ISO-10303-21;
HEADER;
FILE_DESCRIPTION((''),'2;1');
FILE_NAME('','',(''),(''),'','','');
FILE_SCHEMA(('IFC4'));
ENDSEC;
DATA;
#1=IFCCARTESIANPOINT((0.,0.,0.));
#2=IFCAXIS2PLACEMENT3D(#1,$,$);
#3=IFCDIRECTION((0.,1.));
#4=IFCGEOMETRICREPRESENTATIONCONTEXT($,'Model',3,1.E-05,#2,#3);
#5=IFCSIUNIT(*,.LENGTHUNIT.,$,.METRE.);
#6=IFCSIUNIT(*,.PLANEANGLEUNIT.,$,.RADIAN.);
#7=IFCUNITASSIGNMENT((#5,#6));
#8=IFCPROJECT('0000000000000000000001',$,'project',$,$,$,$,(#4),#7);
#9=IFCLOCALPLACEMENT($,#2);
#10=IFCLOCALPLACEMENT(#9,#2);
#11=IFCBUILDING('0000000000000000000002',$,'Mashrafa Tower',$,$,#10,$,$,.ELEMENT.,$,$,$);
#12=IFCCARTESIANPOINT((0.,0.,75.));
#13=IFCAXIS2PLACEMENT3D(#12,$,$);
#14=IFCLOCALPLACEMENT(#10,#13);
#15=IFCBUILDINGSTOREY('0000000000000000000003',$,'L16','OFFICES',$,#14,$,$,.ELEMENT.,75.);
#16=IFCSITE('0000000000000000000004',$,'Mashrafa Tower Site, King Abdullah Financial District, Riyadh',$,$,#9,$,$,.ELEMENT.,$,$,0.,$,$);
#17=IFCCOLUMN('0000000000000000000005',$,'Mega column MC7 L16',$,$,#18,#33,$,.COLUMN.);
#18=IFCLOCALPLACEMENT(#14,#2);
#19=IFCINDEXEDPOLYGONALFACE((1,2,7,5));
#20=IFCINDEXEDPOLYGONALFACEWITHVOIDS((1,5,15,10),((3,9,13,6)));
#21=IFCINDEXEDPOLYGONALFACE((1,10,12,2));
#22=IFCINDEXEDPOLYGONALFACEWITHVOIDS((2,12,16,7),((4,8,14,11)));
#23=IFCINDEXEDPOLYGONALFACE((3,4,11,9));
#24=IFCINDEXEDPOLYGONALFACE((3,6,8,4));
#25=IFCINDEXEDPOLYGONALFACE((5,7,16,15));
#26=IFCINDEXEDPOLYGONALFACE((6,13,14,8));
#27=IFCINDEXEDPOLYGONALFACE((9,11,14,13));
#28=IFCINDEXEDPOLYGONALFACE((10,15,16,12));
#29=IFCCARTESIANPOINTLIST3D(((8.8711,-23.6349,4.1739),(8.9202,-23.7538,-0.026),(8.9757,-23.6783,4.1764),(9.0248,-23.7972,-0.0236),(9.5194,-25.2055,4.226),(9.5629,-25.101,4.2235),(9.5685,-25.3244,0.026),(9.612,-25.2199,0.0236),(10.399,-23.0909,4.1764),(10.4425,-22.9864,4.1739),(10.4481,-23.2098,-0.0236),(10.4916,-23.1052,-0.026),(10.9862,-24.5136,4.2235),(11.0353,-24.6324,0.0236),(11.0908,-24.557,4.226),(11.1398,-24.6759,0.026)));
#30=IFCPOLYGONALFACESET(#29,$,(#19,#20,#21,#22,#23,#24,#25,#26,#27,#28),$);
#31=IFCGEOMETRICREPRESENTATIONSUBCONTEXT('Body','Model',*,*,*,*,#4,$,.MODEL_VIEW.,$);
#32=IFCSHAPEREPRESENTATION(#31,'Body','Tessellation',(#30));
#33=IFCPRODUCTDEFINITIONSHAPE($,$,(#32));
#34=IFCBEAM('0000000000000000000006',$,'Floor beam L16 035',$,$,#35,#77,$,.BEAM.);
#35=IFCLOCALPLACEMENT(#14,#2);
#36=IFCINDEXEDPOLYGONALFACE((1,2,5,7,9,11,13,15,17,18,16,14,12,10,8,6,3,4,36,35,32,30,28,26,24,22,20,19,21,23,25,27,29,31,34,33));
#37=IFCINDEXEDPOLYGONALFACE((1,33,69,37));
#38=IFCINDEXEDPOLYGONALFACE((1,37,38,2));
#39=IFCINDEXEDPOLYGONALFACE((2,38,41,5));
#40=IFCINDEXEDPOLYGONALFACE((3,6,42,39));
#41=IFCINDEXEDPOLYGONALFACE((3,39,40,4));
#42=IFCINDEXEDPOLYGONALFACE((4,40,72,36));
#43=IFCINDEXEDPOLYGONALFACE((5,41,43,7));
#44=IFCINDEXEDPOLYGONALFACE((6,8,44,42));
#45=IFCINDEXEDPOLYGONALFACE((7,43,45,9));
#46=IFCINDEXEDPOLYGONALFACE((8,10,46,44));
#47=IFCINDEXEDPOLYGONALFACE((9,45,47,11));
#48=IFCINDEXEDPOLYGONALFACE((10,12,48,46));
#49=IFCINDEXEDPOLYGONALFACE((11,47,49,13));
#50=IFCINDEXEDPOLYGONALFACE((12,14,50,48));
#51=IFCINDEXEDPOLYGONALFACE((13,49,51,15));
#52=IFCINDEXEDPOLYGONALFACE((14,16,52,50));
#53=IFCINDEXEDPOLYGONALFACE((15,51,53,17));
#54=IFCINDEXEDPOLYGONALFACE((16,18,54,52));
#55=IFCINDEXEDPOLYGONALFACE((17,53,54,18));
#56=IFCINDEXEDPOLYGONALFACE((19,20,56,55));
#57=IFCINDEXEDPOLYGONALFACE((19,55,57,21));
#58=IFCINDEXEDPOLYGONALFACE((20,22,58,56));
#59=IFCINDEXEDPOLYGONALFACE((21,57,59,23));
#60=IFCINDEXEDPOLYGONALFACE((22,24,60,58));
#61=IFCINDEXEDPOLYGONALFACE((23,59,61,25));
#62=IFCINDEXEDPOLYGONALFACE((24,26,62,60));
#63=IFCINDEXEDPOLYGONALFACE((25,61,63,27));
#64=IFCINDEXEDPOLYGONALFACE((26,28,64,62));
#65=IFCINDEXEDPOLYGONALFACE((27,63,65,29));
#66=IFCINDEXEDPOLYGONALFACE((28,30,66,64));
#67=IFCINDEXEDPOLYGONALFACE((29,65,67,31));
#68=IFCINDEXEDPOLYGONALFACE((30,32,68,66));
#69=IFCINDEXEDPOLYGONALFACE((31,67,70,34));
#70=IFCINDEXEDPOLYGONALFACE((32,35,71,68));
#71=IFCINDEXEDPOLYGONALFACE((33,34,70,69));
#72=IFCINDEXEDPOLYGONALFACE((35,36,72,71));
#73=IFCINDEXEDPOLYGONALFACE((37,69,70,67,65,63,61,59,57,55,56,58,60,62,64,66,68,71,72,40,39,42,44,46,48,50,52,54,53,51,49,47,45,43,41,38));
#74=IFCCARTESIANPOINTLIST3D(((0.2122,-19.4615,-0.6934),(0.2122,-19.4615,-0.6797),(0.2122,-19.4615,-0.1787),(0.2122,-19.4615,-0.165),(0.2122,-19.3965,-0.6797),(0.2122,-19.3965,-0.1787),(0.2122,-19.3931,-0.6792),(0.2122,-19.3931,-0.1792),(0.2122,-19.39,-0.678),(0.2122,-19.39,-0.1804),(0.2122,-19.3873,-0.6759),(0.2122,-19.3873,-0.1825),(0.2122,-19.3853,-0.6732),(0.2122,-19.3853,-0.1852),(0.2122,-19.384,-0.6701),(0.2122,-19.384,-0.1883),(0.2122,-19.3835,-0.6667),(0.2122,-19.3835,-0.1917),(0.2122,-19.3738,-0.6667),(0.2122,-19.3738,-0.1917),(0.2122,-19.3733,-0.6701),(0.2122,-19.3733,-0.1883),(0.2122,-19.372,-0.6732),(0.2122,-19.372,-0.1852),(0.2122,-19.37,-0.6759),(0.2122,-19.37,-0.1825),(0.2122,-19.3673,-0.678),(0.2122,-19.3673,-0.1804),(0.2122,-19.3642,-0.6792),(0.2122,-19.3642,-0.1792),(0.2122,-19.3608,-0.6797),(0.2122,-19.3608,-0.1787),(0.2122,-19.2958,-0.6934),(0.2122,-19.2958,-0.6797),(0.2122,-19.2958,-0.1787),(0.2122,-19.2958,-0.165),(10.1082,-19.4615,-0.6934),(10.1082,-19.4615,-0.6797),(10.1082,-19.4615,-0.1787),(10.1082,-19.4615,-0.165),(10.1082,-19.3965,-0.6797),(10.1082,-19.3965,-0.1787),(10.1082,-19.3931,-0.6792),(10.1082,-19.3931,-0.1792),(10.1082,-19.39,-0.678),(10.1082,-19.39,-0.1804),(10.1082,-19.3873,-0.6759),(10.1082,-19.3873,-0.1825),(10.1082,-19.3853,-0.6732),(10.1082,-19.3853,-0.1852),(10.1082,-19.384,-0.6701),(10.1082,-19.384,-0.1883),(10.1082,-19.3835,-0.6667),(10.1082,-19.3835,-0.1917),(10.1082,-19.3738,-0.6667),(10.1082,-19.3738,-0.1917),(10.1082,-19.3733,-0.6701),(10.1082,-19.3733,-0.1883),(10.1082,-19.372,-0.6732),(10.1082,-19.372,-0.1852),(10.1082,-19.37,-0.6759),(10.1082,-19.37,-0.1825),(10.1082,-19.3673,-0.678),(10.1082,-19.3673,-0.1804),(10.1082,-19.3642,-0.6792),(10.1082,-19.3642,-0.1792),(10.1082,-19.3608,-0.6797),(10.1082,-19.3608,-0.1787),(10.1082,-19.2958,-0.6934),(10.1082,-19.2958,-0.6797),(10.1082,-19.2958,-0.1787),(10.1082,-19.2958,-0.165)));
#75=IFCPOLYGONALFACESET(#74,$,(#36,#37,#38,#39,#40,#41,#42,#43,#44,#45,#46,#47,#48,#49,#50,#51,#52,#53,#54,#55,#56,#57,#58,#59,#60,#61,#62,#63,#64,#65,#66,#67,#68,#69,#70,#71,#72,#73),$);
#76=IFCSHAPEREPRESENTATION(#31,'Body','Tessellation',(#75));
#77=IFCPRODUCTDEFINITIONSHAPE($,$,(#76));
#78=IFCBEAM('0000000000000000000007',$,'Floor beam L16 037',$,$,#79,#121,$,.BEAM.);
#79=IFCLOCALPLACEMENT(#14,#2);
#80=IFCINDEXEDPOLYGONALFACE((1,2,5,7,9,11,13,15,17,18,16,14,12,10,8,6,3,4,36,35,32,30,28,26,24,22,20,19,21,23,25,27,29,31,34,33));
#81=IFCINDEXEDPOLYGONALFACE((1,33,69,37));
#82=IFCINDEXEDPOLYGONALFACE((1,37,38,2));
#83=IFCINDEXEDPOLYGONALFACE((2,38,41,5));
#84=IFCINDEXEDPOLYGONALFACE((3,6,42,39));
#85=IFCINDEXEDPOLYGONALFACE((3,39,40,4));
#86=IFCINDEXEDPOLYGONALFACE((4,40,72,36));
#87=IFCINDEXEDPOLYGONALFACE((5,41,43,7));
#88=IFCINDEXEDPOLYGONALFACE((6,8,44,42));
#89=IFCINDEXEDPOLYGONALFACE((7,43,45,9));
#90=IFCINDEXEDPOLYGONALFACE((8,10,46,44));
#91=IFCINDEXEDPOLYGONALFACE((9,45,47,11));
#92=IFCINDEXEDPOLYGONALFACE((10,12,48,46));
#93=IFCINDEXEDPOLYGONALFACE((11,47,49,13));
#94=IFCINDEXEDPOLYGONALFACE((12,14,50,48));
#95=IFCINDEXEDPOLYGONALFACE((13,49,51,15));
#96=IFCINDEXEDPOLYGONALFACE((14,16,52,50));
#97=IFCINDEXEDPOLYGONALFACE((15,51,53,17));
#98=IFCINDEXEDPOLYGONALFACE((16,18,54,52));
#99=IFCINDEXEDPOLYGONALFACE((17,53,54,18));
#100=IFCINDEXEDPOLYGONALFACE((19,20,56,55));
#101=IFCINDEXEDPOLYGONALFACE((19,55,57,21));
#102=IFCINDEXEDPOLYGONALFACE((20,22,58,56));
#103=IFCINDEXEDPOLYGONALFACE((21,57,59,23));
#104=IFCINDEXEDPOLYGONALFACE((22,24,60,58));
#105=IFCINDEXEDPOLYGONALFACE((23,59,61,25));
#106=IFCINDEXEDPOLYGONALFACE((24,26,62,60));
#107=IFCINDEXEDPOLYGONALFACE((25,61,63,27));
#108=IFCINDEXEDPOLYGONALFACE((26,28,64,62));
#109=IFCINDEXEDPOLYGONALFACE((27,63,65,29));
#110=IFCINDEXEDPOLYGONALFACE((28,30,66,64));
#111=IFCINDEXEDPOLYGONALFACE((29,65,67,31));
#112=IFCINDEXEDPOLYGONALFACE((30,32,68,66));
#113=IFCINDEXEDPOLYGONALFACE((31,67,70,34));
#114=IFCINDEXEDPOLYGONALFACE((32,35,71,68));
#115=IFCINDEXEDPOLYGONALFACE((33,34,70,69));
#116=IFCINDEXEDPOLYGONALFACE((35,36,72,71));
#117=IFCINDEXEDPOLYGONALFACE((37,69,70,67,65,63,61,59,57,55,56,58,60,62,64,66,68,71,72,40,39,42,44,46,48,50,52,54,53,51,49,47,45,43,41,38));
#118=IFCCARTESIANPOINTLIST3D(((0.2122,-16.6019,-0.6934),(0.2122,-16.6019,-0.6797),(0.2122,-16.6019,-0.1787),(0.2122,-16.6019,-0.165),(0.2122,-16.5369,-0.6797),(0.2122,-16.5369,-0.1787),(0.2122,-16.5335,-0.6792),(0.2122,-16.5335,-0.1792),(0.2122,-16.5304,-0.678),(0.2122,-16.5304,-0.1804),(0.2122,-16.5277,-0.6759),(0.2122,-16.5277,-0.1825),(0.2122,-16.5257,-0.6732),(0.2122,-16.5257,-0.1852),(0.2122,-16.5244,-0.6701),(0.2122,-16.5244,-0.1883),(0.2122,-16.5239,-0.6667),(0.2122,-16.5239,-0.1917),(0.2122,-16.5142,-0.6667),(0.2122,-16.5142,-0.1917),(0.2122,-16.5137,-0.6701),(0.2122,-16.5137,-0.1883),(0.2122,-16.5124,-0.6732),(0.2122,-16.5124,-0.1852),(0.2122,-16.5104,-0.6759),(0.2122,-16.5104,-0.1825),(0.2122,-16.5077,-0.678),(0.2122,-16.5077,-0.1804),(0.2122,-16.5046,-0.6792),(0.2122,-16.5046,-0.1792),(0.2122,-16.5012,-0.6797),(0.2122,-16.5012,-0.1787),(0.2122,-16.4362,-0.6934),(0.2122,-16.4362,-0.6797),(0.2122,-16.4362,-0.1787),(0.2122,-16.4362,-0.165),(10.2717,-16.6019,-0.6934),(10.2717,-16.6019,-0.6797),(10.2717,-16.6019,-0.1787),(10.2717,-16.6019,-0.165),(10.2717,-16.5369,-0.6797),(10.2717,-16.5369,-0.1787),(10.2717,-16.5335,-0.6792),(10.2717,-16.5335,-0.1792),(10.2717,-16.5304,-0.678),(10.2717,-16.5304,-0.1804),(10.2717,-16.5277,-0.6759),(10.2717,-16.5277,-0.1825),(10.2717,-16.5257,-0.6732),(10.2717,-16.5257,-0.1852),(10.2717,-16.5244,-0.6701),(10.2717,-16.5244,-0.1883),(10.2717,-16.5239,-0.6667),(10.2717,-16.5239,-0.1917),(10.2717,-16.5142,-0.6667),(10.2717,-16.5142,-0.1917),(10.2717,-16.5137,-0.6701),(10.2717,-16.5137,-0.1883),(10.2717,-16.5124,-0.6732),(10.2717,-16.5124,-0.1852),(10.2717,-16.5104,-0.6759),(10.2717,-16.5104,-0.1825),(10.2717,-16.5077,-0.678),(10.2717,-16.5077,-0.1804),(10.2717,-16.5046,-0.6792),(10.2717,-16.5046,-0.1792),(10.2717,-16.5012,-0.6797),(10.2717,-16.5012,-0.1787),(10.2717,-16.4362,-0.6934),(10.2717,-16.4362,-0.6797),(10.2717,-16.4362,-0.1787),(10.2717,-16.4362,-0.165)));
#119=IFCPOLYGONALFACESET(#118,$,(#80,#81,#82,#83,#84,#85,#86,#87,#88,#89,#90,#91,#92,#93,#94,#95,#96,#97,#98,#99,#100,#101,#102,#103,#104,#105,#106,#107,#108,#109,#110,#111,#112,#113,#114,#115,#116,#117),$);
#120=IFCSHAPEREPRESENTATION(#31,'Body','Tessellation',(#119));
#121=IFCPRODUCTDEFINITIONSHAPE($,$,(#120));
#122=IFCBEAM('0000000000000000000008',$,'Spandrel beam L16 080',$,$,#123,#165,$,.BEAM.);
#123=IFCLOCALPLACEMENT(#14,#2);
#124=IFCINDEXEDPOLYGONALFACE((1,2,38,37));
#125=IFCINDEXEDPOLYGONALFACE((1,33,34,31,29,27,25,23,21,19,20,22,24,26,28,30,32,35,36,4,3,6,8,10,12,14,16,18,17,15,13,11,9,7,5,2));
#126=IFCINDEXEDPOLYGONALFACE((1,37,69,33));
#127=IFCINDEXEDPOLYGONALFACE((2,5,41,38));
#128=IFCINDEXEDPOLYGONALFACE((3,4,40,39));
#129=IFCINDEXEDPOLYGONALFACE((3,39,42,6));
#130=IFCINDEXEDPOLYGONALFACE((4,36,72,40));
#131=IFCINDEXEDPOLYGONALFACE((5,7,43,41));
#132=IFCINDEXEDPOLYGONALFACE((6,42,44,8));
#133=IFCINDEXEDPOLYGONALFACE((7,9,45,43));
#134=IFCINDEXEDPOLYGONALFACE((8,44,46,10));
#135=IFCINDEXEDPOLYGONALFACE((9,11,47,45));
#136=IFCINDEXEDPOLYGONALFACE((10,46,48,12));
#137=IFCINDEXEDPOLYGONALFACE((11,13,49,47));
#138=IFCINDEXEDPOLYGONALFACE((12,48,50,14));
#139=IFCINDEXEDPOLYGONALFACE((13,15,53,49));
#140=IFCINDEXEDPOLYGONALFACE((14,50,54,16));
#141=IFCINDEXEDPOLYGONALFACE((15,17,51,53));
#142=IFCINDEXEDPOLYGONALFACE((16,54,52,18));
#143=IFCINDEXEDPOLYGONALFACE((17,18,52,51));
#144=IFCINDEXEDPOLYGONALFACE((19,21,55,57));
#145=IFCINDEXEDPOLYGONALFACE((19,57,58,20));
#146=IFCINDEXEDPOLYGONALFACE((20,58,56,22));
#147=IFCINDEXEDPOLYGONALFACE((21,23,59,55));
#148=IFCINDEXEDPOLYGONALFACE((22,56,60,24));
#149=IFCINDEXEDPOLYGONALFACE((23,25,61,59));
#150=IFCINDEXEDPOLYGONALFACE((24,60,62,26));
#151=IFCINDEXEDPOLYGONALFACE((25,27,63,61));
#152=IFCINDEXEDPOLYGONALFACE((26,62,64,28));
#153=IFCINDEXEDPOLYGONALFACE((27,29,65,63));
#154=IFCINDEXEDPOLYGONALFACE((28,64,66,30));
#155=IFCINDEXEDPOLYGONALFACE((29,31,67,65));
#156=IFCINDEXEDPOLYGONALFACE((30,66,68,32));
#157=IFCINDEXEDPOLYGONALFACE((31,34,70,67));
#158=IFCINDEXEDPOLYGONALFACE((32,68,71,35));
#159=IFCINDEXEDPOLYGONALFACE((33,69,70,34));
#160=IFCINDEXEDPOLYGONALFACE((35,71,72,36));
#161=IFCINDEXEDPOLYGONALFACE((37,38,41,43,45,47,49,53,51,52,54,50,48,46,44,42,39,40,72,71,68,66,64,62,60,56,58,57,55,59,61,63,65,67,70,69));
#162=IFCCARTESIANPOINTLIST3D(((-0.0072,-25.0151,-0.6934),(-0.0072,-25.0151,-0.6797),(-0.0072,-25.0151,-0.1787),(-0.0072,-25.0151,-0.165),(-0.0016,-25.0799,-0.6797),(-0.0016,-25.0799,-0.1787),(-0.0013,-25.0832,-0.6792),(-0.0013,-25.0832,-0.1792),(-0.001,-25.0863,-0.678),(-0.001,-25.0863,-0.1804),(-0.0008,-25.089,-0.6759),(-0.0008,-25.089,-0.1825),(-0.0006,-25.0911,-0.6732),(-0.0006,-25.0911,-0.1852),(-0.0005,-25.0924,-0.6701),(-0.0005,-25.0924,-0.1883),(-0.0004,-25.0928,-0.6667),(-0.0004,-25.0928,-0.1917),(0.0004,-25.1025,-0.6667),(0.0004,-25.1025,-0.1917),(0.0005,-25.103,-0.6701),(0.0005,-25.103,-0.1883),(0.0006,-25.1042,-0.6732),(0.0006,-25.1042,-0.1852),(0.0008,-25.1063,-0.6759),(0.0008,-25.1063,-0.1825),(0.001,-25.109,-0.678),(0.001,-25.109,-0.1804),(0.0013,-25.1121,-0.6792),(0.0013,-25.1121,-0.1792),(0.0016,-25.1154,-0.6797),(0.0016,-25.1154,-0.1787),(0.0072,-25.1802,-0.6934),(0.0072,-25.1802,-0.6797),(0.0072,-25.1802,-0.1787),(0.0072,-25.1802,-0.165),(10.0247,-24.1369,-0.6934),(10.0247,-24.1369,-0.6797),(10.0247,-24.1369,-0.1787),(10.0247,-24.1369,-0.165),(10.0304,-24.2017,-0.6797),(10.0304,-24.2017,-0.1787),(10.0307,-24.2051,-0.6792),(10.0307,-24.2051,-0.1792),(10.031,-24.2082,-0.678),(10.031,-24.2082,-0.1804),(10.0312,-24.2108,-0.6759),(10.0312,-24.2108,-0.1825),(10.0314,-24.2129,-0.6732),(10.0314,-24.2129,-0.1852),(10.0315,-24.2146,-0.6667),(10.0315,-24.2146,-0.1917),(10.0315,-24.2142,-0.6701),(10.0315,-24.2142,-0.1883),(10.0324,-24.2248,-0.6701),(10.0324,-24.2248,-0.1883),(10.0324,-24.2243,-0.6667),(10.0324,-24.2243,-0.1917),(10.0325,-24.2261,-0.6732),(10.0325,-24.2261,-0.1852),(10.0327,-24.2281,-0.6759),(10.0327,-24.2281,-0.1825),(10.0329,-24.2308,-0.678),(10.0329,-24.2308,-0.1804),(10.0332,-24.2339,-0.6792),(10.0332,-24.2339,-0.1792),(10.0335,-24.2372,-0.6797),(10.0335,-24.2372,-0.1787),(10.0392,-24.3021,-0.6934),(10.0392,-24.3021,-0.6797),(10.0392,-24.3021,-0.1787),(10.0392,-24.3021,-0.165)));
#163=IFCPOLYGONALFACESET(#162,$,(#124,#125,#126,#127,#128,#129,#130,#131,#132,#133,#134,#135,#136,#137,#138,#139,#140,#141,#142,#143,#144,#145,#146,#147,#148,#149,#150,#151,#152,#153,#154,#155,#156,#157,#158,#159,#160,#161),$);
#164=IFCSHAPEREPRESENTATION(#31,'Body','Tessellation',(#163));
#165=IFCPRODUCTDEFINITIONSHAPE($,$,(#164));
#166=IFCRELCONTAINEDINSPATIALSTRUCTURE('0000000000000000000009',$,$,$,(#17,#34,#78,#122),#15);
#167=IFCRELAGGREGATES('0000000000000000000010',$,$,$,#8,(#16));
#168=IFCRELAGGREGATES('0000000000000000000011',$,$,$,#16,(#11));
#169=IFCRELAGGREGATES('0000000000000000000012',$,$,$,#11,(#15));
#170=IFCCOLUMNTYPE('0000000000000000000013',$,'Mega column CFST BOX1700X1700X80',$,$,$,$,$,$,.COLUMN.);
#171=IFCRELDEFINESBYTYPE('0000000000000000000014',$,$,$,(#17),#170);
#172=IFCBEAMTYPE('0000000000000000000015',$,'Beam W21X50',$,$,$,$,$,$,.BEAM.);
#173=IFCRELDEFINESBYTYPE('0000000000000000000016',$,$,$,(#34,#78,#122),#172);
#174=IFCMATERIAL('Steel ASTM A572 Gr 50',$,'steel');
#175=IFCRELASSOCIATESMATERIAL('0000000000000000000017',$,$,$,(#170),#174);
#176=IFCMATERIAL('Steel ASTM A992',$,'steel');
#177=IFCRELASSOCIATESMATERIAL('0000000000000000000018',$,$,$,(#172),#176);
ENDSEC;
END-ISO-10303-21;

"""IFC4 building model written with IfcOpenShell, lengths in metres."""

from ifc_helpers import new_model, si_unit, direction, frame, origin, origin_2d, place, context, subcontext, project, spatial, hollow_rectangle, i_section, extrude, material, material_profile, profile_set, type_object, element, save


model = new_model("IFC4")

# Units and contexts
model_context = context("Model", 3, precision=1e-05, world=origin(), true_north=direction((0.0, 1.0)))
body_context = subcontext(model_context, "Body", "Model", "MODEL_VIEW")
ifc_project = project(units=[si_unit("LENGTHUNIT", "METRE"), si_unit("PLANEANGLEUNIT", "RADIAN")], contexts=[model_context])

# Site, building, storey
site_placement = place(None, origin())
site = spatial("IfcSite", under=ifc_project, at=site_placement, Name="Mashrafa Tower Site, King Abdullah Financial District, Riyadh", CompositionType="ELEMENT", RefElevation=0.0)
building_placement = place(site_placement, origin())
building = spatial("IfcBuilding", under=site, at=building_placement, Name="Mashrafa Tower", CompositionType="ELEMENT")
storey_placement = place(building_placement, frame((0.0, 0.0, 75.0)))
storey = spatial("IfcBuildingStorey", under=building, at=storey_placement, Name="L16", Description="OFFICES", CompositionType="ELEMENT", Elevation=75.0)

# Column
ifc_material_1 = material(Name="Steel ASTM A572 Gr 50", Category="steel")
ifc_material_profile_1 = material_profile(ifc_material_1, hollow_rectangle(XDim=1.7, YDim=1.7, WallThickness=0.0801, at=origin_2d()), Name="BOX1700X1700X80")
ifc_profile_set_1 = profile_set([ifc_material_profile_1], Name="Steel ASTM A572 Gr 50")
column_type = type_object("IfcColumnType", Name="Mega column CFST BOX1700X1700X80", PredefinedType="COLUMN", material=ifc_profile_set_1)
column_placement = place(storey_placement, frame((10.03, -24.2148, 0.0), z_axis=(-0.011679, 0.028296, 0.999531), x_axis=(-0.924363, -0.381513, 0.0)))
element("IfcColumn", 1, at=column_placement, inside=storey, type_object=column_type, Name="Mega column MC7 L16", PredefinedType="COLUMN", context=body_context, shape_type="SweptSolid", body=[
    extrude(hollow_rectangle(XDim=1.7, YDim=1.7, WallThickness=0.0801, at=origin_2d()), origin(), (0.0, 0.0, 1.0), 4.2019),
])

# Beams
ifc_material_2 = material(Name="Steel ASTM A992", Category="steel")
ifc_material_profile_2 = material_profile(ifc_material_2, i_section(OverallWidth=0.1658, OverallDepth=0.5283, WebThickness=0.0098, FlangeThickness=0.0137, FilletRadius=0.0129, at=origin_2d()), Name="W21X50")
ifc_profile_set_2 = profile_set([ifc_material_profile_2], Name="Steel ASTM A992")
beam_type_1 = type_object("IfcBeamType", Name="Beam W21X50", PredefinedType="BEAM", material=ifc_profile_set_2)
beam_1_placement = place(storey_placement, frame((10.1082, -19.3787, -0.4292), z_axis=(-1.0, 0.0, 0.0), x_axis=(0.0, -1.0, 0.0)))
element("IfcBeam", 2, at=beam_1_placement, inside=storey, type_object=beam_type_1, Name="Floor beam L16 035", PredefinedType="BEAM", context=body_context, shape_type="SweptSolid", body=[
    extrude(i_section(OverallWidth=0.1658, OverallDepth=0.5283, WebThickness=0.0098, FlangeThickness=0.0137, FilletRadius=0.0129, at=origin_2d()), origin(), (0.0, 0.0, 1.0), 9.896),
])
beam_2_placement = place(storey_placement, frame((10.2717, -16.519, -0.4292), z_axis=(-1.0, 0.0, 0.0), x_axis=(0.0, -1.0, 0.0)))
element("IfcBeam", 3, at=beam_2_placement, inside=storey, type_object=beam_type_1, Name="Floor beam L16 037", PredefinedType="BEAM", context=body_context, shape_type="SweptSolid", body=[
    extrude(i_section(OverallWidth=0.1658, OverallDepth=0.5283, WebThickness=0.0098, FlangeThickness=0.0137, FilletRadius=0.0129, at=origin_2d()), origin(), (0.0, 0.0, 1.0), 10.0596),
])
beam_3_placement = place(storey_placement, frame((0.0, -25.0977, -0.4292), z_axis=(0.99619, 0.087204, 0.0), x_axis=(-0.087204, 0.99619, 0.0)))
element("IfcBeam", 4, at=beam_3_placement, inside=storey, type_object=beam_type_1, Name="Spandrel beam L16 080", PredefinedType="BEAM", context=body_context, shape_type="SweptSolid", body=[
    extrude(i_section(OverallWidth=0.1658, OverallDepth=0.5283, WebThickness=0.0098, FlangeThickness=0.0137, FilletRadius=0.0129, at=origin_2d()), origin(), (0.0, 0.0, 1.0), 10.0703),
])

save(model, "model.ifc")
